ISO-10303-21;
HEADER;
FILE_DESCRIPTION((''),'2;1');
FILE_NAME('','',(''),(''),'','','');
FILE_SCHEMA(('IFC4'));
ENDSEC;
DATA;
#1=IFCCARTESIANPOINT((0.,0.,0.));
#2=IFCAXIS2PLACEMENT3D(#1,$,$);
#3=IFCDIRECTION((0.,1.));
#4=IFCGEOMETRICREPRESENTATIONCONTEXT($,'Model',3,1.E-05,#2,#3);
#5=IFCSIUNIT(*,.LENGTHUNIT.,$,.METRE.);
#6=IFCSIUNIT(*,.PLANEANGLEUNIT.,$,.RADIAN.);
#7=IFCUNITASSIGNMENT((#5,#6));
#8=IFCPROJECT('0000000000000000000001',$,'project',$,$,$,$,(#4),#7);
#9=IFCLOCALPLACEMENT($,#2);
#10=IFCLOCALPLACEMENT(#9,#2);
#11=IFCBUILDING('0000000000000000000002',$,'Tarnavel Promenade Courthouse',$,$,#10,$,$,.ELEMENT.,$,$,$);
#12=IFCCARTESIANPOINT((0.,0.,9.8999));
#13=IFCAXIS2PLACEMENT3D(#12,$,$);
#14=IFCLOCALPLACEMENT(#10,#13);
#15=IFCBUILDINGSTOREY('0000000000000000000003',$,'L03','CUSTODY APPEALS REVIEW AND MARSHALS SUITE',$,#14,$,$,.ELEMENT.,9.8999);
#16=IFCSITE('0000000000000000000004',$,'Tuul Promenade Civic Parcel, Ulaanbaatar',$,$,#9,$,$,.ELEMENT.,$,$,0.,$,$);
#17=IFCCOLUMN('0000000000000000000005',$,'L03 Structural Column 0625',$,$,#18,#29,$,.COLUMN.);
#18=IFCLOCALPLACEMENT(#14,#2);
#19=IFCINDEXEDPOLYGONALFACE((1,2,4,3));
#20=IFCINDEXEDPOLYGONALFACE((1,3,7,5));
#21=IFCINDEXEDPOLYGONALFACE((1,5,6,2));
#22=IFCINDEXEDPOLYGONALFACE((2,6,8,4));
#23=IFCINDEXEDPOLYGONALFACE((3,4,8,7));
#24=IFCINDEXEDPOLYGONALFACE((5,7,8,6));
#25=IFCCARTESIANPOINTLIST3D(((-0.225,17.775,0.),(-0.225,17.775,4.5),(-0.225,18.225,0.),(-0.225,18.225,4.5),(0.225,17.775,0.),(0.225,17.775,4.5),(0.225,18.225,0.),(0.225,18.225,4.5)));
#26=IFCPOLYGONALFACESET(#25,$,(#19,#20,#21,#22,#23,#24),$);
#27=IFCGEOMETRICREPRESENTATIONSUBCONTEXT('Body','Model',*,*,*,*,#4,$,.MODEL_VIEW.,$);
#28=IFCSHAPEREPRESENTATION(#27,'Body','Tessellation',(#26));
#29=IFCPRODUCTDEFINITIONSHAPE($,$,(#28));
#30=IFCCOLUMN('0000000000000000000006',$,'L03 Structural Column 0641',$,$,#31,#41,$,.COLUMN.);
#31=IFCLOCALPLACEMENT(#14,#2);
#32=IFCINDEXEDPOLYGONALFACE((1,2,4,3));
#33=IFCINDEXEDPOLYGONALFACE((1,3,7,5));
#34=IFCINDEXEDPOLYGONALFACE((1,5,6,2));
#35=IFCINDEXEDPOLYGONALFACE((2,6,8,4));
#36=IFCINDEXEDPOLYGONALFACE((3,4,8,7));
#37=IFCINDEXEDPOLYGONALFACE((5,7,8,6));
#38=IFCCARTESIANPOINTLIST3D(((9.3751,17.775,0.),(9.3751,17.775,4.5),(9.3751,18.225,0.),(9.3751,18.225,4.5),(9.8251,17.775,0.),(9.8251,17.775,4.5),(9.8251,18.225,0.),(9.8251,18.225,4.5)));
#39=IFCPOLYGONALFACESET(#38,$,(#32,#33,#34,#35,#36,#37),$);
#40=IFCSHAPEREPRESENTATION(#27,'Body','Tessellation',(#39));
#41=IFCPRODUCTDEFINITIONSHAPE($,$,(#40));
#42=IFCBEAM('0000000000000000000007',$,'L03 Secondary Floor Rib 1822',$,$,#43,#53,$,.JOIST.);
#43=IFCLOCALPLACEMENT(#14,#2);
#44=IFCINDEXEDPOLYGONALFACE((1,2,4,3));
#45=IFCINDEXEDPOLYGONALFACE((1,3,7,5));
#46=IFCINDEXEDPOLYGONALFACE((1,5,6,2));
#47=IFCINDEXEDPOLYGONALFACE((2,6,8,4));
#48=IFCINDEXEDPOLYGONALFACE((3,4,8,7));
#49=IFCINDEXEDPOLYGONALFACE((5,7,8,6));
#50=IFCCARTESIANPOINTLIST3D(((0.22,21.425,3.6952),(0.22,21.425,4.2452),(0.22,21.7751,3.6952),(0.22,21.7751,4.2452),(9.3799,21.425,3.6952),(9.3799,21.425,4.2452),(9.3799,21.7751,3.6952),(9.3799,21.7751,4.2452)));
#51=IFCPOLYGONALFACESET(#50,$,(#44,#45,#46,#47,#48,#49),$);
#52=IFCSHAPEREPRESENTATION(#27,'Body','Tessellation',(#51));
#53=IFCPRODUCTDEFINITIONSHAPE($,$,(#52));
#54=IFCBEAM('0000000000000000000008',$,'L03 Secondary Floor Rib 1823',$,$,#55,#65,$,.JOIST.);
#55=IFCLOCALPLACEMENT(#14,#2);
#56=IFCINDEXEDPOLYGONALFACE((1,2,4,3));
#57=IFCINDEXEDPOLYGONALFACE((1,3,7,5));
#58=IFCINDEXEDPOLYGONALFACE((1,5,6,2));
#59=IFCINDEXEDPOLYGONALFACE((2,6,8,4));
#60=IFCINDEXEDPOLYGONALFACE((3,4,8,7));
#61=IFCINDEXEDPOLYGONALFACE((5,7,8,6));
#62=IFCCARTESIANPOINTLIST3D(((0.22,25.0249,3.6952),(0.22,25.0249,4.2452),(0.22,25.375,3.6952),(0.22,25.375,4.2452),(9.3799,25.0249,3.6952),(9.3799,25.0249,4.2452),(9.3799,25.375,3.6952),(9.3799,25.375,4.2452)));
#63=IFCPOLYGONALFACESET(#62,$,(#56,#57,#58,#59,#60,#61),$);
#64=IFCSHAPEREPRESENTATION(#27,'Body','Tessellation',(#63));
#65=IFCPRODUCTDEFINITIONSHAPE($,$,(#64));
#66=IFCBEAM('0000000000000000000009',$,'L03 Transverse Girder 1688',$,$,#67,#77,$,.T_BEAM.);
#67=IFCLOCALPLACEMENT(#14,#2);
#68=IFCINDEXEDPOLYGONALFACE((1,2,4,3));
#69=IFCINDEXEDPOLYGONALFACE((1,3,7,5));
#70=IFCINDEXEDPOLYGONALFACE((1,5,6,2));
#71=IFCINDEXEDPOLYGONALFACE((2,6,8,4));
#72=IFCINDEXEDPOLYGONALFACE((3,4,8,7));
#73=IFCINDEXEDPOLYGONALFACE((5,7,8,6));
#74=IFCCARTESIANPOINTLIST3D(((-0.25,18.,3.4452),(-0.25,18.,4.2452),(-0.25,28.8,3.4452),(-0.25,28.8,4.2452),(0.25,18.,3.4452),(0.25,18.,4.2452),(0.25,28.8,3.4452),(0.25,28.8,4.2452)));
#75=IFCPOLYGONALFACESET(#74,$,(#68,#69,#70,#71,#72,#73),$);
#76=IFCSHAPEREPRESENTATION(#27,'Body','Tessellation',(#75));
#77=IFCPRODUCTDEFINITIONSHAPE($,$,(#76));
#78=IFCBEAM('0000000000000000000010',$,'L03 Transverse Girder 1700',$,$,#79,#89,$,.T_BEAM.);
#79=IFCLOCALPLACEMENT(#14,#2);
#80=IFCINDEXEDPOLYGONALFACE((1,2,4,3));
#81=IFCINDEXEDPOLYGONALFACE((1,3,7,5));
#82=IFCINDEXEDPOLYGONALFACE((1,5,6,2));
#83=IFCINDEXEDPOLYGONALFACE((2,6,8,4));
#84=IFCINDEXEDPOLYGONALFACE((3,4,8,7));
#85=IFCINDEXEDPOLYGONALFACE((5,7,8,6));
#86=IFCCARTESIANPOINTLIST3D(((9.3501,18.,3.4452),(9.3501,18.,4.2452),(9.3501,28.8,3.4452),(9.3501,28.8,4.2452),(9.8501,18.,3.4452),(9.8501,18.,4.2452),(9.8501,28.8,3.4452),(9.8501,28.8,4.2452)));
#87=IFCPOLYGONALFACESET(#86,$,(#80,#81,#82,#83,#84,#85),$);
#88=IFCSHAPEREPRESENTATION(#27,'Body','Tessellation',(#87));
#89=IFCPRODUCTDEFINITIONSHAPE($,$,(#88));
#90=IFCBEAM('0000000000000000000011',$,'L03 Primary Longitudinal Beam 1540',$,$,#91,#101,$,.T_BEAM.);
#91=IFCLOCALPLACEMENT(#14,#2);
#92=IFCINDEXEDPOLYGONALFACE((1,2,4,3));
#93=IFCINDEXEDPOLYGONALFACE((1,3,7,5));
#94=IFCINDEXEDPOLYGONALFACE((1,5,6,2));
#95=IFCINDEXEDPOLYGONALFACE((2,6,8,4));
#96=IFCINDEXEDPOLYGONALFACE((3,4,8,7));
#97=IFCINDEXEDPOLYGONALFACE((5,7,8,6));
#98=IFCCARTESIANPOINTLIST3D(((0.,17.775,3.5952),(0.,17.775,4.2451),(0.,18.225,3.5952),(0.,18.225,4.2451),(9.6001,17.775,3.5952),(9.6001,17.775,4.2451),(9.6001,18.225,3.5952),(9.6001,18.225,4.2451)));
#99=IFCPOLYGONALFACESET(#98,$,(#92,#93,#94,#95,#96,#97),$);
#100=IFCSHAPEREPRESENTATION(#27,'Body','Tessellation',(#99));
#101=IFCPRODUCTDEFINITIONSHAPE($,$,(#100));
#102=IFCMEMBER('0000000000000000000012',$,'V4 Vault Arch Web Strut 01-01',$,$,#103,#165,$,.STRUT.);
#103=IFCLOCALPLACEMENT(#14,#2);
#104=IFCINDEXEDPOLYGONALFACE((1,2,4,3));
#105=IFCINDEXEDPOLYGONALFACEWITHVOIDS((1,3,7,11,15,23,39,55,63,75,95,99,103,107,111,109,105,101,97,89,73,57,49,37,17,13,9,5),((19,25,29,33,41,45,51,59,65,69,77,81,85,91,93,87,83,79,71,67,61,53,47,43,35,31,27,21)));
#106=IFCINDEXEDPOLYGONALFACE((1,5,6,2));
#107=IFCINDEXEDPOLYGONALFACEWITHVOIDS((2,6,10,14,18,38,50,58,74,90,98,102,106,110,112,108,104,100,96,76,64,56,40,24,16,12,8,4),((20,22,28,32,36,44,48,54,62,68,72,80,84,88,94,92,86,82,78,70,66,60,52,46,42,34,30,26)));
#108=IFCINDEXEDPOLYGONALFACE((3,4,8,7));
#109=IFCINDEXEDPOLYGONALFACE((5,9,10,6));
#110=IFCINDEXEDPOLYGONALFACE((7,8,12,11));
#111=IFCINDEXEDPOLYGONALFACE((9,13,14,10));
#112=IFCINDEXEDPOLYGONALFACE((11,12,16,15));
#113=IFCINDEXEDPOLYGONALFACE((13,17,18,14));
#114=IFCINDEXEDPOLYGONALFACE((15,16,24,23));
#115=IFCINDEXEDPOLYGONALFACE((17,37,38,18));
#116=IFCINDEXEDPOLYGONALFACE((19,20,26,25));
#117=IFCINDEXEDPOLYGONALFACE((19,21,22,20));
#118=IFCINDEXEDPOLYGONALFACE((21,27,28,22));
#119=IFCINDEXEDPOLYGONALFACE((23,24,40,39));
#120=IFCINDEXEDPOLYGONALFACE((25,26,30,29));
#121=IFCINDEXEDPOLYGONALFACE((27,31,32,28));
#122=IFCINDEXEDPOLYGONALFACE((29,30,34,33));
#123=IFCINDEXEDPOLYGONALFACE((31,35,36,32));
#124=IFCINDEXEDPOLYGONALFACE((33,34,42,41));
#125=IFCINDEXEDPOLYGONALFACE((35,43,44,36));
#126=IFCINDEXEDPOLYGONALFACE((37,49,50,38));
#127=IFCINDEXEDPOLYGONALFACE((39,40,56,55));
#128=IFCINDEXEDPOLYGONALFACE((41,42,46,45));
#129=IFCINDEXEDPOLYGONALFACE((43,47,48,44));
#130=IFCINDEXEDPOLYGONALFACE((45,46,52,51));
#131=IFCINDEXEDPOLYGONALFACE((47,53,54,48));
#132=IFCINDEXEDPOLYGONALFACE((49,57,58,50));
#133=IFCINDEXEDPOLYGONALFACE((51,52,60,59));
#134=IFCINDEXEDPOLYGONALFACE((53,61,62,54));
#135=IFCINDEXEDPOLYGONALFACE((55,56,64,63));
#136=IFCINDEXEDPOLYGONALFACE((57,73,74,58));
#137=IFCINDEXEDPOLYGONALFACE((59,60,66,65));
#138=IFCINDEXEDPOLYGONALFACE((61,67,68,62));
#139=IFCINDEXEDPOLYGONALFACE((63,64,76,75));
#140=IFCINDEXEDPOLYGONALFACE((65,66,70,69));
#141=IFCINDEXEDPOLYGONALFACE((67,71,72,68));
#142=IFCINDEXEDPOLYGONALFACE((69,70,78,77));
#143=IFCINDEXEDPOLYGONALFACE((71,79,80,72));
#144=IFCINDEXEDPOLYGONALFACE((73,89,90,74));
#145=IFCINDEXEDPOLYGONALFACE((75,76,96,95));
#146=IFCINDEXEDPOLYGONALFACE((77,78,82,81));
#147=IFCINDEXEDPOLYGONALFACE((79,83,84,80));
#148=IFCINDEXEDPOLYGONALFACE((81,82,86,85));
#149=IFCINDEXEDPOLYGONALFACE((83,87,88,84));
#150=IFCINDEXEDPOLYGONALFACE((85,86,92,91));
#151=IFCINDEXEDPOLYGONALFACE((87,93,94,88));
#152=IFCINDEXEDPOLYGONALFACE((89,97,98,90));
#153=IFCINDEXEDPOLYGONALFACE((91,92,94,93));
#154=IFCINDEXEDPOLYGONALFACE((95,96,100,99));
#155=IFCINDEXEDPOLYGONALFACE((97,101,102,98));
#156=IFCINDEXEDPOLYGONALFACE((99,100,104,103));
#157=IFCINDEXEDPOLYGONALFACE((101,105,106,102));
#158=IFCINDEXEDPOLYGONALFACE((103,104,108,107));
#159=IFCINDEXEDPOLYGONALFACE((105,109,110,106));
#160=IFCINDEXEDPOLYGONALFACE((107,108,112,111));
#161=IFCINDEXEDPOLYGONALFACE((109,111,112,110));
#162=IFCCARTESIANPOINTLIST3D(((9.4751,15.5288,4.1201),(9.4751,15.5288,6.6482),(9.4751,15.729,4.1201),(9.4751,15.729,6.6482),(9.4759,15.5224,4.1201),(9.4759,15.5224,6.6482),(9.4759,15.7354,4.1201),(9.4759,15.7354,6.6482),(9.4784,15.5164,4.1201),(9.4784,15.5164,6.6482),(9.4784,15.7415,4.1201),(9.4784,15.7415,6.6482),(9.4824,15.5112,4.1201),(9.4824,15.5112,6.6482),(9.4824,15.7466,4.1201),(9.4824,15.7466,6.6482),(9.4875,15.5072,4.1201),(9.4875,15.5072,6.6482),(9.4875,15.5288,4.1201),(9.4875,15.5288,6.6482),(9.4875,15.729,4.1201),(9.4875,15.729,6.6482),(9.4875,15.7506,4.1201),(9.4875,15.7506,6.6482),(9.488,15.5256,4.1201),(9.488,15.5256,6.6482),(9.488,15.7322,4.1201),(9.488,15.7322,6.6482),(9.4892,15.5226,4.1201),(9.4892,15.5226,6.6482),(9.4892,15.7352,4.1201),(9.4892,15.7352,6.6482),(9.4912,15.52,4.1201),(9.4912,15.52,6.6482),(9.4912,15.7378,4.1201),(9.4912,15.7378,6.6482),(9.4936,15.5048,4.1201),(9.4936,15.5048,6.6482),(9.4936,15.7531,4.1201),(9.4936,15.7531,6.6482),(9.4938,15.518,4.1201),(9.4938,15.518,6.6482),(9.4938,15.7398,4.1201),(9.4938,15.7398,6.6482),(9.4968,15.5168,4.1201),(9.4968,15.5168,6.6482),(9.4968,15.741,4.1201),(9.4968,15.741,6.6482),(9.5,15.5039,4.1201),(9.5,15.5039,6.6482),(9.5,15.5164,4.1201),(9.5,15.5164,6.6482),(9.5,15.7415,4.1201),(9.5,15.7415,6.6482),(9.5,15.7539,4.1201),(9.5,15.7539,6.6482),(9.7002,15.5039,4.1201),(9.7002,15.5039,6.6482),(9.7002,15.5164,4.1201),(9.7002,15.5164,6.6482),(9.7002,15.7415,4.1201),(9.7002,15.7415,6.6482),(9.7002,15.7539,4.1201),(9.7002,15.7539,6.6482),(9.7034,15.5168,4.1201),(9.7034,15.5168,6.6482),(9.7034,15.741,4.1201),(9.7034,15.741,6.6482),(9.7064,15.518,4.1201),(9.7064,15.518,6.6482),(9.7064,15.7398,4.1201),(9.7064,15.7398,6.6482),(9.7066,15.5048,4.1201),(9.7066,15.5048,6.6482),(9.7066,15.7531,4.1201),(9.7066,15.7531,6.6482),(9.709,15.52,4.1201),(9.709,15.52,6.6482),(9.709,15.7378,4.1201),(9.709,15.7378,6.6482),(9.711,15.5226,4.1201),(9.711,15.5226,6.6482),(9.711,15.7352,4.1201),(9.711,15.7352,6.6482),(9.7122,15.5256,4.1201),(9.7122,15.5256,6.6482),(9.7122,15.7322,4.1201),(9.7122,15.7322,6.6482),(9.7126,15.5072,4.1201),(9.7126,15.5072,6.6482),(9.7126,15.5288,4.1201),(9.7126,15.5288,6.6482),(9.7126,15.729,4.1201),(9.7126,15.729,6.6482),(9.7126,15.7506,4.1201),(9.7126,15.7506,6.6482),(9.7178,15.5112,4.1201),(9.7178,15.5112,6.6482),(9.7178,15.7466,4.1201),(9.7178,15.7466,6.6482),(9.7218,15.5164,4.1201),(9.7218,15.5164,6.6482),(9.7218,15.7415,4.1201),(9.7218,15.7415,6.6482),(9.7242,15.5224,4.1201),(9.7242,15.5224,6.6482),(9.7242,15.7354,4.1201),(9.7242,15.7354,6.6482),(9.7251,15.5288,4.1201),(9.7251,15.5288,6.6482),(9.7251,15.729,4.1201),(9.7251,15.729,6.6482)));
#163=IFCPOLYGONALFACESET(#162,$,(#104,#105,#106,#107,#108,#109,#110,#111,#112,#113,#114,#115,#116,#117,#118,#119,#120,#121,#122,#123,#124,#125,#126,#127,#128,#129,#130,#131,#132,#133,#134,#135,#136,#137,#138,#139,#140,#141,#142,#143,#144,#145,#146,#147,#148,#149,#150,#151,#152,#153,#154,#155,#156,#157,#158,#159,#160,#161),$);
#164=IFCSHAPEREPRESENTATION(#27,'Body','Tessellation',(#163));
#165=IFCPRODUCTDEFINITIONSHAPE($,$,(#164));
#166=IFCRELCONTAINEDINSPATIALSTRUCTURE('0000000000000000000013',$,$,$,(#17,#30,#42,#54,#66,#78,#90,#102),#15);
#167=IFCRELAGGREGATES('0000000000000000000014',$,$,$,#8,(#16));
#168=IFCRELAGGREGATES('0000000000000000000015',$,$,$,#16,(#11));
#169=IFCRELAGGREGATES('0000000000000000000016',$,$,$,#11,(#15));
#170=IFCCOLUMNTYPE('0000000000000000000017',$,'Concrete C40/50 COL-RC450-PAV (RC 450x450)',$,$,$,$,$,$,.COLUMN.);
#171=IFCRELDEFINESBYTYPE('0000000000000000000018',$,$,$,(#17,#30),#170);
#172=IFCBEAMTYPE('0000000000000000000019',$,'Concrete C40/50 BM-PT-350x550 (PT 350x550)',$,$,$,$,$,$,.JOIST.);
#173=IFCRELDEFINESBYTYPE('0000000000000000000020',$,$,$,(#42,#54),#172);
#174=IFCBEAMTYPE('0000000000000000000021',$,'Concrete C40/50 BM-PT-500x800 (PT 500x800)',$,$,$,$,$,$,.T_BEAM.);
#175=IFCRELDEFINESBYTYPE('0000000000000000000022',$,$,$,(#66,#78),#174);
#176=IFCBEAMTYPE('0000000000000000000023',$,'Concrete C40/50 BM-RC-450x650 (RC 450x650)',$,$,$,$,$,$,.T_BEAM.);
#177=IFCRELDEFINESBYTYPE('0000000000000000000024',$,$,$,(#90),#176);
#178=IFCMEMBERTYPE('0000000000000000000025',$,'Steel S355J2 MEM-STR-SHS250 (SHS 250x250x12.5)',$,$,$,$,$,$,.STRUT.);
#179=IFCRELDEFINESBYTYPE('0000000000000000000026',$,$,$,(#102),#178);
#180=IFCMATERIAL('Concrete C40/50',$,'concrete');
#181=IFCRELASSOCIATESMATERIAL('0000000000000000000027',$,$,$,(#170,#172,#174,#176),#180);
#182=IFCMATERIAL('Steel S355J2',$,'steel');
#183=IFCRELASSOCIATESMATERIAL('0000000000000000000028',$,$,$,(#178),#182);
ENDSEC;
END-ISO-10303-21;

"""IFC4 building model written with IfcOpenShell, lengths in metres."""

from ifc_helpers import new_model, si_unit, direction, frame, origin, origin_2d, place, context, subcontext, project, spatial, rectangle, hollow_rectangle, extrude, material, material_profile, profile_set, type_object, element, save


model = new_model("IFC4")

# Units and contexts
model_context = context("Model", 3, precision=1e-05, world=origin(), true_north=direction((0.0, 1.0)))
body_context = subcontext(model_context, "Body", "Model", "MODEL_VIEW")
ifc_project = project(units=[si_unit("LENGTHUNIT", "METRE"), si_unit("PLANEANGLEUNIT", "RADIAN")], contexts=[model_context])

# Site, building, storey
site_placement = place(None, origin())
site = spatial("IfcSite", under=ifc_project, at=site_placement, Name="Tuul Promenade Civic Parcel, Ulaanbaatar", CompositionType="ELEMENT", RefElevation=0.0)
building_placement = place(site_placement, origin())
building = spatial("IfcBuilding", under=site, at=building_placement, Name="Tarnavel Promenade Courthouse", CompositionType="ELEMENT")
storey_placement = place(building_placement, frame((0.0, 0.0, 9.8999)))
storey = spatial("IfcBuildingStorey", under=building, at=storey_placement, Name="L03", Description="CUSTODY APPEALS REVIEW AND MARSHALS SUITE", CompositionType="ELEMENT", Elevation=9.8999)

# Columns
ifc_material_1 = material(Name="Concrete C40/50", Category="concrete")
ifc_material_profile_1 = material_profile(ifc_material_1, rectangle(XDim=0.45, YDim=0.45, at=origin_2d()), Name="RC 450x450")
ifc_profile_set_1 = profile_set([ifc_material_profile_1], Name="Concrete C40/50")
column_type = type_object("IfcColumnType", Name="Concrete C40/50 COL-RC450-PAV (RC 450x450)", PredefinedType="COLUMN", material=ifc_profile_set_1)
for number, where, z_axis, x_axis, name in (
    (1, (0.0, 18.0, 0.0), (0.0, 0.0, 1.0), (1.0, 0.0, 0.0), "L03 Structural Column 0625"),
    (2, (9.6001, 18.0, 0.0), (0.0, 0.0, 1.0), (1.0, 0.0, 0.0), "L03 Structural Column 0641"),
):
    element("IfcColumn", number, at=place(storey_placement, frame(where, z_axis=z_axis, x_axis=x_axis)), inside=storey, type_object=column_type, Name=name, PredefinedType="COLUMN", context=body_context, shape_type="SweptSolid", body=[
        extrude(rectangle(XDim=0.45, YDim=0.45, at=origin_2d()), origin(), (0.0, 0.0, 1.0), 4.5),
    ])

# Beams
ifc_material_profile_2 = material_profile(ifc_material_1, rectangle(XDim=0.3501, YDim=0.55, at=origin_2d()), Name="PT 350x550")
ifc_profile_set_2 = profile_set([ifc_material_profile_2], Name="Concrete C40/50")
beam_type_1 = type_object("IfcBeamType", Name="Concrete C40/50 BM-PT-350x550 (PT 350x550)", PredefinedType="JOIST", material=ifc_profile_set_2)
for number, where, z_axis, x_axis, name in (
    (3, (0.22, 21.6001, 3.9702), (1.0, 0.0, 0.0), (0.0, 1.0, 0.0), "L03 Secondary Floor Rib 1822"),
    (4, (0.22, 25.2, 3.9702), (1.0, 0.0, 0.0), (0.0, 1.0, 0.0), "L03 Secondary Floor Rib 1823"),
):
    element("IfcBeam", number, at=place(storey_placement, frame(where, z_axis=z_axis, x_axis=x_axis)), inside=storey, type_object=beam_type_1, Name=name, PredefinedType="JOIST", context=body_context, shape_type="SweptSolid", body=[
        extrude(rectangle(XDim=0.3501, YDim=0.55, at=origin_2d()), origin(), (0.0, 0.0, 1.0), 9.1599),
    ])
ifc_material_profile_3 = material_profile(ifc_material_1, rectangle(XDim=0.5, YDim=0.8, at=origin_2d()), Name="PT 500x800")
ifc_profile_set_3 = profile_set([ifc_material_profile_3], Name="Concrete C40/50")
beam_type_2 = type_object("IfcBeamType", Name="Concrete C40/50 BM-PT-500x800 (PT 500x800)", PredefinedType="T_BEAM", material=ifc_profile_set_3)
for number, where, z_axis, x_axis, name in (
    (5, (0.0, 18.0, 3.8452), (0.0, 1.0, 0.0), (-1.0, 0.0, 0.0), "L03 Transverse Girder 1688"),
    (6, (9.6001, 18.0, 3.8452), (0.0, 1.0, 0.0), (-1.0, 0.0, 0.0), "L03 Transverse Girder 1700"),
):
    element("IfcBeam", number, at=place(storey_placement, frame(where, z_axis=z_axis, x_axis=x_axis)), inside=storey, type_object=beam_type_2, Name=name, PredefinedType="T_BEAM", context=body_context, shape_type="SweptSolid", body=[
        extrude(rectangle(XDim=0.5, YDim=0.8, at=origin_2d()), origin(), (0.0, 0.0, 1.0), 10.8),
    ])
ifc_material_profile_4 = material_profile(ifc_material_1, rectangle(XDim=0.45, YDim=0.6499, at=origin_2d()), Name="RC 450x650")
ifc_profile_set_4 = profile_set([ifc_material_profile_4], Name="Concrete C40/50")
beam_type_3 = type_object("IfcBeamType", Name="Concrete C40/50 BM-RC-450x650 (RC 450x650)", PredefinedType="T_BEAM", material=ifc_profile_set_4)
beam_placement = place(storey_placement, frame((0.0, 18.0, 3.9202), z_axis=(1.0, 0.0, 0.0), x_axis=(0.0, 1.0, 0.0)))
element("IfcBeam", 7, at=beam_placement, inside=storey, type_object=beam_type_3, Name="L03 Primary Longitudinal Beam 1540", PredefinedType="T_BEAM", context=body_context, shape_type="SweptSolid", body=[
    extrude(rectangle(XDim=0.45, YDim=0.6499, at=origin_2d()), origin(), (0.0, 0.0, 1.0), 9.6001),
])

# Member
ifc_material_2 = material(Name="Steel S355J2", Category="steel")
ifc_material_profile_5 = material_profile(ifc_material_2, hollow_rectangle(XDim=0.25, YDim=0.25, WallThickness=0.0125, InnerFilletRadius=0.0125, OuterFilletRadius=0.0249, at=origin_2d()), Name="SHS 250x250x12.5")
ifc_profile_set_5 = profile_set([ifc_material_profile_5], Name="Steel S355J2")
member_type = type_object("IfcMemberType", Name="Steel S355J2 MEM-STR-SHS250 (SHS 250x250x12.5)", PredefinedType="STRUT", material=ifc_profile_set_5)
member_1_placement = place(storey_placement, frame((9.6001, 15.6289, 4.1201), z_axis=(0.0, 0.0, 1.0), x_axis=(1.0, 0.0, 0.0)))
element("IfcMember", 8, at=member_1_placement, inside=storey, type_object=member_type, Name="V4 Vault Arch Web Strut 01-01", PredefinedType="STRUT", context=body_context, shape_type="SweptSolid", body=[
    extrude(hollow_rectangle(XDim=0.25, YDim=0.25, WallThickness=0.0125, InnerFilletRadius=0.0125, OuterFilletRadius=0.0249, at=origin_2d()), origin(), (0.0, 0.0, 1.0), 2.5281),
])

save(model, "model.ifc")
